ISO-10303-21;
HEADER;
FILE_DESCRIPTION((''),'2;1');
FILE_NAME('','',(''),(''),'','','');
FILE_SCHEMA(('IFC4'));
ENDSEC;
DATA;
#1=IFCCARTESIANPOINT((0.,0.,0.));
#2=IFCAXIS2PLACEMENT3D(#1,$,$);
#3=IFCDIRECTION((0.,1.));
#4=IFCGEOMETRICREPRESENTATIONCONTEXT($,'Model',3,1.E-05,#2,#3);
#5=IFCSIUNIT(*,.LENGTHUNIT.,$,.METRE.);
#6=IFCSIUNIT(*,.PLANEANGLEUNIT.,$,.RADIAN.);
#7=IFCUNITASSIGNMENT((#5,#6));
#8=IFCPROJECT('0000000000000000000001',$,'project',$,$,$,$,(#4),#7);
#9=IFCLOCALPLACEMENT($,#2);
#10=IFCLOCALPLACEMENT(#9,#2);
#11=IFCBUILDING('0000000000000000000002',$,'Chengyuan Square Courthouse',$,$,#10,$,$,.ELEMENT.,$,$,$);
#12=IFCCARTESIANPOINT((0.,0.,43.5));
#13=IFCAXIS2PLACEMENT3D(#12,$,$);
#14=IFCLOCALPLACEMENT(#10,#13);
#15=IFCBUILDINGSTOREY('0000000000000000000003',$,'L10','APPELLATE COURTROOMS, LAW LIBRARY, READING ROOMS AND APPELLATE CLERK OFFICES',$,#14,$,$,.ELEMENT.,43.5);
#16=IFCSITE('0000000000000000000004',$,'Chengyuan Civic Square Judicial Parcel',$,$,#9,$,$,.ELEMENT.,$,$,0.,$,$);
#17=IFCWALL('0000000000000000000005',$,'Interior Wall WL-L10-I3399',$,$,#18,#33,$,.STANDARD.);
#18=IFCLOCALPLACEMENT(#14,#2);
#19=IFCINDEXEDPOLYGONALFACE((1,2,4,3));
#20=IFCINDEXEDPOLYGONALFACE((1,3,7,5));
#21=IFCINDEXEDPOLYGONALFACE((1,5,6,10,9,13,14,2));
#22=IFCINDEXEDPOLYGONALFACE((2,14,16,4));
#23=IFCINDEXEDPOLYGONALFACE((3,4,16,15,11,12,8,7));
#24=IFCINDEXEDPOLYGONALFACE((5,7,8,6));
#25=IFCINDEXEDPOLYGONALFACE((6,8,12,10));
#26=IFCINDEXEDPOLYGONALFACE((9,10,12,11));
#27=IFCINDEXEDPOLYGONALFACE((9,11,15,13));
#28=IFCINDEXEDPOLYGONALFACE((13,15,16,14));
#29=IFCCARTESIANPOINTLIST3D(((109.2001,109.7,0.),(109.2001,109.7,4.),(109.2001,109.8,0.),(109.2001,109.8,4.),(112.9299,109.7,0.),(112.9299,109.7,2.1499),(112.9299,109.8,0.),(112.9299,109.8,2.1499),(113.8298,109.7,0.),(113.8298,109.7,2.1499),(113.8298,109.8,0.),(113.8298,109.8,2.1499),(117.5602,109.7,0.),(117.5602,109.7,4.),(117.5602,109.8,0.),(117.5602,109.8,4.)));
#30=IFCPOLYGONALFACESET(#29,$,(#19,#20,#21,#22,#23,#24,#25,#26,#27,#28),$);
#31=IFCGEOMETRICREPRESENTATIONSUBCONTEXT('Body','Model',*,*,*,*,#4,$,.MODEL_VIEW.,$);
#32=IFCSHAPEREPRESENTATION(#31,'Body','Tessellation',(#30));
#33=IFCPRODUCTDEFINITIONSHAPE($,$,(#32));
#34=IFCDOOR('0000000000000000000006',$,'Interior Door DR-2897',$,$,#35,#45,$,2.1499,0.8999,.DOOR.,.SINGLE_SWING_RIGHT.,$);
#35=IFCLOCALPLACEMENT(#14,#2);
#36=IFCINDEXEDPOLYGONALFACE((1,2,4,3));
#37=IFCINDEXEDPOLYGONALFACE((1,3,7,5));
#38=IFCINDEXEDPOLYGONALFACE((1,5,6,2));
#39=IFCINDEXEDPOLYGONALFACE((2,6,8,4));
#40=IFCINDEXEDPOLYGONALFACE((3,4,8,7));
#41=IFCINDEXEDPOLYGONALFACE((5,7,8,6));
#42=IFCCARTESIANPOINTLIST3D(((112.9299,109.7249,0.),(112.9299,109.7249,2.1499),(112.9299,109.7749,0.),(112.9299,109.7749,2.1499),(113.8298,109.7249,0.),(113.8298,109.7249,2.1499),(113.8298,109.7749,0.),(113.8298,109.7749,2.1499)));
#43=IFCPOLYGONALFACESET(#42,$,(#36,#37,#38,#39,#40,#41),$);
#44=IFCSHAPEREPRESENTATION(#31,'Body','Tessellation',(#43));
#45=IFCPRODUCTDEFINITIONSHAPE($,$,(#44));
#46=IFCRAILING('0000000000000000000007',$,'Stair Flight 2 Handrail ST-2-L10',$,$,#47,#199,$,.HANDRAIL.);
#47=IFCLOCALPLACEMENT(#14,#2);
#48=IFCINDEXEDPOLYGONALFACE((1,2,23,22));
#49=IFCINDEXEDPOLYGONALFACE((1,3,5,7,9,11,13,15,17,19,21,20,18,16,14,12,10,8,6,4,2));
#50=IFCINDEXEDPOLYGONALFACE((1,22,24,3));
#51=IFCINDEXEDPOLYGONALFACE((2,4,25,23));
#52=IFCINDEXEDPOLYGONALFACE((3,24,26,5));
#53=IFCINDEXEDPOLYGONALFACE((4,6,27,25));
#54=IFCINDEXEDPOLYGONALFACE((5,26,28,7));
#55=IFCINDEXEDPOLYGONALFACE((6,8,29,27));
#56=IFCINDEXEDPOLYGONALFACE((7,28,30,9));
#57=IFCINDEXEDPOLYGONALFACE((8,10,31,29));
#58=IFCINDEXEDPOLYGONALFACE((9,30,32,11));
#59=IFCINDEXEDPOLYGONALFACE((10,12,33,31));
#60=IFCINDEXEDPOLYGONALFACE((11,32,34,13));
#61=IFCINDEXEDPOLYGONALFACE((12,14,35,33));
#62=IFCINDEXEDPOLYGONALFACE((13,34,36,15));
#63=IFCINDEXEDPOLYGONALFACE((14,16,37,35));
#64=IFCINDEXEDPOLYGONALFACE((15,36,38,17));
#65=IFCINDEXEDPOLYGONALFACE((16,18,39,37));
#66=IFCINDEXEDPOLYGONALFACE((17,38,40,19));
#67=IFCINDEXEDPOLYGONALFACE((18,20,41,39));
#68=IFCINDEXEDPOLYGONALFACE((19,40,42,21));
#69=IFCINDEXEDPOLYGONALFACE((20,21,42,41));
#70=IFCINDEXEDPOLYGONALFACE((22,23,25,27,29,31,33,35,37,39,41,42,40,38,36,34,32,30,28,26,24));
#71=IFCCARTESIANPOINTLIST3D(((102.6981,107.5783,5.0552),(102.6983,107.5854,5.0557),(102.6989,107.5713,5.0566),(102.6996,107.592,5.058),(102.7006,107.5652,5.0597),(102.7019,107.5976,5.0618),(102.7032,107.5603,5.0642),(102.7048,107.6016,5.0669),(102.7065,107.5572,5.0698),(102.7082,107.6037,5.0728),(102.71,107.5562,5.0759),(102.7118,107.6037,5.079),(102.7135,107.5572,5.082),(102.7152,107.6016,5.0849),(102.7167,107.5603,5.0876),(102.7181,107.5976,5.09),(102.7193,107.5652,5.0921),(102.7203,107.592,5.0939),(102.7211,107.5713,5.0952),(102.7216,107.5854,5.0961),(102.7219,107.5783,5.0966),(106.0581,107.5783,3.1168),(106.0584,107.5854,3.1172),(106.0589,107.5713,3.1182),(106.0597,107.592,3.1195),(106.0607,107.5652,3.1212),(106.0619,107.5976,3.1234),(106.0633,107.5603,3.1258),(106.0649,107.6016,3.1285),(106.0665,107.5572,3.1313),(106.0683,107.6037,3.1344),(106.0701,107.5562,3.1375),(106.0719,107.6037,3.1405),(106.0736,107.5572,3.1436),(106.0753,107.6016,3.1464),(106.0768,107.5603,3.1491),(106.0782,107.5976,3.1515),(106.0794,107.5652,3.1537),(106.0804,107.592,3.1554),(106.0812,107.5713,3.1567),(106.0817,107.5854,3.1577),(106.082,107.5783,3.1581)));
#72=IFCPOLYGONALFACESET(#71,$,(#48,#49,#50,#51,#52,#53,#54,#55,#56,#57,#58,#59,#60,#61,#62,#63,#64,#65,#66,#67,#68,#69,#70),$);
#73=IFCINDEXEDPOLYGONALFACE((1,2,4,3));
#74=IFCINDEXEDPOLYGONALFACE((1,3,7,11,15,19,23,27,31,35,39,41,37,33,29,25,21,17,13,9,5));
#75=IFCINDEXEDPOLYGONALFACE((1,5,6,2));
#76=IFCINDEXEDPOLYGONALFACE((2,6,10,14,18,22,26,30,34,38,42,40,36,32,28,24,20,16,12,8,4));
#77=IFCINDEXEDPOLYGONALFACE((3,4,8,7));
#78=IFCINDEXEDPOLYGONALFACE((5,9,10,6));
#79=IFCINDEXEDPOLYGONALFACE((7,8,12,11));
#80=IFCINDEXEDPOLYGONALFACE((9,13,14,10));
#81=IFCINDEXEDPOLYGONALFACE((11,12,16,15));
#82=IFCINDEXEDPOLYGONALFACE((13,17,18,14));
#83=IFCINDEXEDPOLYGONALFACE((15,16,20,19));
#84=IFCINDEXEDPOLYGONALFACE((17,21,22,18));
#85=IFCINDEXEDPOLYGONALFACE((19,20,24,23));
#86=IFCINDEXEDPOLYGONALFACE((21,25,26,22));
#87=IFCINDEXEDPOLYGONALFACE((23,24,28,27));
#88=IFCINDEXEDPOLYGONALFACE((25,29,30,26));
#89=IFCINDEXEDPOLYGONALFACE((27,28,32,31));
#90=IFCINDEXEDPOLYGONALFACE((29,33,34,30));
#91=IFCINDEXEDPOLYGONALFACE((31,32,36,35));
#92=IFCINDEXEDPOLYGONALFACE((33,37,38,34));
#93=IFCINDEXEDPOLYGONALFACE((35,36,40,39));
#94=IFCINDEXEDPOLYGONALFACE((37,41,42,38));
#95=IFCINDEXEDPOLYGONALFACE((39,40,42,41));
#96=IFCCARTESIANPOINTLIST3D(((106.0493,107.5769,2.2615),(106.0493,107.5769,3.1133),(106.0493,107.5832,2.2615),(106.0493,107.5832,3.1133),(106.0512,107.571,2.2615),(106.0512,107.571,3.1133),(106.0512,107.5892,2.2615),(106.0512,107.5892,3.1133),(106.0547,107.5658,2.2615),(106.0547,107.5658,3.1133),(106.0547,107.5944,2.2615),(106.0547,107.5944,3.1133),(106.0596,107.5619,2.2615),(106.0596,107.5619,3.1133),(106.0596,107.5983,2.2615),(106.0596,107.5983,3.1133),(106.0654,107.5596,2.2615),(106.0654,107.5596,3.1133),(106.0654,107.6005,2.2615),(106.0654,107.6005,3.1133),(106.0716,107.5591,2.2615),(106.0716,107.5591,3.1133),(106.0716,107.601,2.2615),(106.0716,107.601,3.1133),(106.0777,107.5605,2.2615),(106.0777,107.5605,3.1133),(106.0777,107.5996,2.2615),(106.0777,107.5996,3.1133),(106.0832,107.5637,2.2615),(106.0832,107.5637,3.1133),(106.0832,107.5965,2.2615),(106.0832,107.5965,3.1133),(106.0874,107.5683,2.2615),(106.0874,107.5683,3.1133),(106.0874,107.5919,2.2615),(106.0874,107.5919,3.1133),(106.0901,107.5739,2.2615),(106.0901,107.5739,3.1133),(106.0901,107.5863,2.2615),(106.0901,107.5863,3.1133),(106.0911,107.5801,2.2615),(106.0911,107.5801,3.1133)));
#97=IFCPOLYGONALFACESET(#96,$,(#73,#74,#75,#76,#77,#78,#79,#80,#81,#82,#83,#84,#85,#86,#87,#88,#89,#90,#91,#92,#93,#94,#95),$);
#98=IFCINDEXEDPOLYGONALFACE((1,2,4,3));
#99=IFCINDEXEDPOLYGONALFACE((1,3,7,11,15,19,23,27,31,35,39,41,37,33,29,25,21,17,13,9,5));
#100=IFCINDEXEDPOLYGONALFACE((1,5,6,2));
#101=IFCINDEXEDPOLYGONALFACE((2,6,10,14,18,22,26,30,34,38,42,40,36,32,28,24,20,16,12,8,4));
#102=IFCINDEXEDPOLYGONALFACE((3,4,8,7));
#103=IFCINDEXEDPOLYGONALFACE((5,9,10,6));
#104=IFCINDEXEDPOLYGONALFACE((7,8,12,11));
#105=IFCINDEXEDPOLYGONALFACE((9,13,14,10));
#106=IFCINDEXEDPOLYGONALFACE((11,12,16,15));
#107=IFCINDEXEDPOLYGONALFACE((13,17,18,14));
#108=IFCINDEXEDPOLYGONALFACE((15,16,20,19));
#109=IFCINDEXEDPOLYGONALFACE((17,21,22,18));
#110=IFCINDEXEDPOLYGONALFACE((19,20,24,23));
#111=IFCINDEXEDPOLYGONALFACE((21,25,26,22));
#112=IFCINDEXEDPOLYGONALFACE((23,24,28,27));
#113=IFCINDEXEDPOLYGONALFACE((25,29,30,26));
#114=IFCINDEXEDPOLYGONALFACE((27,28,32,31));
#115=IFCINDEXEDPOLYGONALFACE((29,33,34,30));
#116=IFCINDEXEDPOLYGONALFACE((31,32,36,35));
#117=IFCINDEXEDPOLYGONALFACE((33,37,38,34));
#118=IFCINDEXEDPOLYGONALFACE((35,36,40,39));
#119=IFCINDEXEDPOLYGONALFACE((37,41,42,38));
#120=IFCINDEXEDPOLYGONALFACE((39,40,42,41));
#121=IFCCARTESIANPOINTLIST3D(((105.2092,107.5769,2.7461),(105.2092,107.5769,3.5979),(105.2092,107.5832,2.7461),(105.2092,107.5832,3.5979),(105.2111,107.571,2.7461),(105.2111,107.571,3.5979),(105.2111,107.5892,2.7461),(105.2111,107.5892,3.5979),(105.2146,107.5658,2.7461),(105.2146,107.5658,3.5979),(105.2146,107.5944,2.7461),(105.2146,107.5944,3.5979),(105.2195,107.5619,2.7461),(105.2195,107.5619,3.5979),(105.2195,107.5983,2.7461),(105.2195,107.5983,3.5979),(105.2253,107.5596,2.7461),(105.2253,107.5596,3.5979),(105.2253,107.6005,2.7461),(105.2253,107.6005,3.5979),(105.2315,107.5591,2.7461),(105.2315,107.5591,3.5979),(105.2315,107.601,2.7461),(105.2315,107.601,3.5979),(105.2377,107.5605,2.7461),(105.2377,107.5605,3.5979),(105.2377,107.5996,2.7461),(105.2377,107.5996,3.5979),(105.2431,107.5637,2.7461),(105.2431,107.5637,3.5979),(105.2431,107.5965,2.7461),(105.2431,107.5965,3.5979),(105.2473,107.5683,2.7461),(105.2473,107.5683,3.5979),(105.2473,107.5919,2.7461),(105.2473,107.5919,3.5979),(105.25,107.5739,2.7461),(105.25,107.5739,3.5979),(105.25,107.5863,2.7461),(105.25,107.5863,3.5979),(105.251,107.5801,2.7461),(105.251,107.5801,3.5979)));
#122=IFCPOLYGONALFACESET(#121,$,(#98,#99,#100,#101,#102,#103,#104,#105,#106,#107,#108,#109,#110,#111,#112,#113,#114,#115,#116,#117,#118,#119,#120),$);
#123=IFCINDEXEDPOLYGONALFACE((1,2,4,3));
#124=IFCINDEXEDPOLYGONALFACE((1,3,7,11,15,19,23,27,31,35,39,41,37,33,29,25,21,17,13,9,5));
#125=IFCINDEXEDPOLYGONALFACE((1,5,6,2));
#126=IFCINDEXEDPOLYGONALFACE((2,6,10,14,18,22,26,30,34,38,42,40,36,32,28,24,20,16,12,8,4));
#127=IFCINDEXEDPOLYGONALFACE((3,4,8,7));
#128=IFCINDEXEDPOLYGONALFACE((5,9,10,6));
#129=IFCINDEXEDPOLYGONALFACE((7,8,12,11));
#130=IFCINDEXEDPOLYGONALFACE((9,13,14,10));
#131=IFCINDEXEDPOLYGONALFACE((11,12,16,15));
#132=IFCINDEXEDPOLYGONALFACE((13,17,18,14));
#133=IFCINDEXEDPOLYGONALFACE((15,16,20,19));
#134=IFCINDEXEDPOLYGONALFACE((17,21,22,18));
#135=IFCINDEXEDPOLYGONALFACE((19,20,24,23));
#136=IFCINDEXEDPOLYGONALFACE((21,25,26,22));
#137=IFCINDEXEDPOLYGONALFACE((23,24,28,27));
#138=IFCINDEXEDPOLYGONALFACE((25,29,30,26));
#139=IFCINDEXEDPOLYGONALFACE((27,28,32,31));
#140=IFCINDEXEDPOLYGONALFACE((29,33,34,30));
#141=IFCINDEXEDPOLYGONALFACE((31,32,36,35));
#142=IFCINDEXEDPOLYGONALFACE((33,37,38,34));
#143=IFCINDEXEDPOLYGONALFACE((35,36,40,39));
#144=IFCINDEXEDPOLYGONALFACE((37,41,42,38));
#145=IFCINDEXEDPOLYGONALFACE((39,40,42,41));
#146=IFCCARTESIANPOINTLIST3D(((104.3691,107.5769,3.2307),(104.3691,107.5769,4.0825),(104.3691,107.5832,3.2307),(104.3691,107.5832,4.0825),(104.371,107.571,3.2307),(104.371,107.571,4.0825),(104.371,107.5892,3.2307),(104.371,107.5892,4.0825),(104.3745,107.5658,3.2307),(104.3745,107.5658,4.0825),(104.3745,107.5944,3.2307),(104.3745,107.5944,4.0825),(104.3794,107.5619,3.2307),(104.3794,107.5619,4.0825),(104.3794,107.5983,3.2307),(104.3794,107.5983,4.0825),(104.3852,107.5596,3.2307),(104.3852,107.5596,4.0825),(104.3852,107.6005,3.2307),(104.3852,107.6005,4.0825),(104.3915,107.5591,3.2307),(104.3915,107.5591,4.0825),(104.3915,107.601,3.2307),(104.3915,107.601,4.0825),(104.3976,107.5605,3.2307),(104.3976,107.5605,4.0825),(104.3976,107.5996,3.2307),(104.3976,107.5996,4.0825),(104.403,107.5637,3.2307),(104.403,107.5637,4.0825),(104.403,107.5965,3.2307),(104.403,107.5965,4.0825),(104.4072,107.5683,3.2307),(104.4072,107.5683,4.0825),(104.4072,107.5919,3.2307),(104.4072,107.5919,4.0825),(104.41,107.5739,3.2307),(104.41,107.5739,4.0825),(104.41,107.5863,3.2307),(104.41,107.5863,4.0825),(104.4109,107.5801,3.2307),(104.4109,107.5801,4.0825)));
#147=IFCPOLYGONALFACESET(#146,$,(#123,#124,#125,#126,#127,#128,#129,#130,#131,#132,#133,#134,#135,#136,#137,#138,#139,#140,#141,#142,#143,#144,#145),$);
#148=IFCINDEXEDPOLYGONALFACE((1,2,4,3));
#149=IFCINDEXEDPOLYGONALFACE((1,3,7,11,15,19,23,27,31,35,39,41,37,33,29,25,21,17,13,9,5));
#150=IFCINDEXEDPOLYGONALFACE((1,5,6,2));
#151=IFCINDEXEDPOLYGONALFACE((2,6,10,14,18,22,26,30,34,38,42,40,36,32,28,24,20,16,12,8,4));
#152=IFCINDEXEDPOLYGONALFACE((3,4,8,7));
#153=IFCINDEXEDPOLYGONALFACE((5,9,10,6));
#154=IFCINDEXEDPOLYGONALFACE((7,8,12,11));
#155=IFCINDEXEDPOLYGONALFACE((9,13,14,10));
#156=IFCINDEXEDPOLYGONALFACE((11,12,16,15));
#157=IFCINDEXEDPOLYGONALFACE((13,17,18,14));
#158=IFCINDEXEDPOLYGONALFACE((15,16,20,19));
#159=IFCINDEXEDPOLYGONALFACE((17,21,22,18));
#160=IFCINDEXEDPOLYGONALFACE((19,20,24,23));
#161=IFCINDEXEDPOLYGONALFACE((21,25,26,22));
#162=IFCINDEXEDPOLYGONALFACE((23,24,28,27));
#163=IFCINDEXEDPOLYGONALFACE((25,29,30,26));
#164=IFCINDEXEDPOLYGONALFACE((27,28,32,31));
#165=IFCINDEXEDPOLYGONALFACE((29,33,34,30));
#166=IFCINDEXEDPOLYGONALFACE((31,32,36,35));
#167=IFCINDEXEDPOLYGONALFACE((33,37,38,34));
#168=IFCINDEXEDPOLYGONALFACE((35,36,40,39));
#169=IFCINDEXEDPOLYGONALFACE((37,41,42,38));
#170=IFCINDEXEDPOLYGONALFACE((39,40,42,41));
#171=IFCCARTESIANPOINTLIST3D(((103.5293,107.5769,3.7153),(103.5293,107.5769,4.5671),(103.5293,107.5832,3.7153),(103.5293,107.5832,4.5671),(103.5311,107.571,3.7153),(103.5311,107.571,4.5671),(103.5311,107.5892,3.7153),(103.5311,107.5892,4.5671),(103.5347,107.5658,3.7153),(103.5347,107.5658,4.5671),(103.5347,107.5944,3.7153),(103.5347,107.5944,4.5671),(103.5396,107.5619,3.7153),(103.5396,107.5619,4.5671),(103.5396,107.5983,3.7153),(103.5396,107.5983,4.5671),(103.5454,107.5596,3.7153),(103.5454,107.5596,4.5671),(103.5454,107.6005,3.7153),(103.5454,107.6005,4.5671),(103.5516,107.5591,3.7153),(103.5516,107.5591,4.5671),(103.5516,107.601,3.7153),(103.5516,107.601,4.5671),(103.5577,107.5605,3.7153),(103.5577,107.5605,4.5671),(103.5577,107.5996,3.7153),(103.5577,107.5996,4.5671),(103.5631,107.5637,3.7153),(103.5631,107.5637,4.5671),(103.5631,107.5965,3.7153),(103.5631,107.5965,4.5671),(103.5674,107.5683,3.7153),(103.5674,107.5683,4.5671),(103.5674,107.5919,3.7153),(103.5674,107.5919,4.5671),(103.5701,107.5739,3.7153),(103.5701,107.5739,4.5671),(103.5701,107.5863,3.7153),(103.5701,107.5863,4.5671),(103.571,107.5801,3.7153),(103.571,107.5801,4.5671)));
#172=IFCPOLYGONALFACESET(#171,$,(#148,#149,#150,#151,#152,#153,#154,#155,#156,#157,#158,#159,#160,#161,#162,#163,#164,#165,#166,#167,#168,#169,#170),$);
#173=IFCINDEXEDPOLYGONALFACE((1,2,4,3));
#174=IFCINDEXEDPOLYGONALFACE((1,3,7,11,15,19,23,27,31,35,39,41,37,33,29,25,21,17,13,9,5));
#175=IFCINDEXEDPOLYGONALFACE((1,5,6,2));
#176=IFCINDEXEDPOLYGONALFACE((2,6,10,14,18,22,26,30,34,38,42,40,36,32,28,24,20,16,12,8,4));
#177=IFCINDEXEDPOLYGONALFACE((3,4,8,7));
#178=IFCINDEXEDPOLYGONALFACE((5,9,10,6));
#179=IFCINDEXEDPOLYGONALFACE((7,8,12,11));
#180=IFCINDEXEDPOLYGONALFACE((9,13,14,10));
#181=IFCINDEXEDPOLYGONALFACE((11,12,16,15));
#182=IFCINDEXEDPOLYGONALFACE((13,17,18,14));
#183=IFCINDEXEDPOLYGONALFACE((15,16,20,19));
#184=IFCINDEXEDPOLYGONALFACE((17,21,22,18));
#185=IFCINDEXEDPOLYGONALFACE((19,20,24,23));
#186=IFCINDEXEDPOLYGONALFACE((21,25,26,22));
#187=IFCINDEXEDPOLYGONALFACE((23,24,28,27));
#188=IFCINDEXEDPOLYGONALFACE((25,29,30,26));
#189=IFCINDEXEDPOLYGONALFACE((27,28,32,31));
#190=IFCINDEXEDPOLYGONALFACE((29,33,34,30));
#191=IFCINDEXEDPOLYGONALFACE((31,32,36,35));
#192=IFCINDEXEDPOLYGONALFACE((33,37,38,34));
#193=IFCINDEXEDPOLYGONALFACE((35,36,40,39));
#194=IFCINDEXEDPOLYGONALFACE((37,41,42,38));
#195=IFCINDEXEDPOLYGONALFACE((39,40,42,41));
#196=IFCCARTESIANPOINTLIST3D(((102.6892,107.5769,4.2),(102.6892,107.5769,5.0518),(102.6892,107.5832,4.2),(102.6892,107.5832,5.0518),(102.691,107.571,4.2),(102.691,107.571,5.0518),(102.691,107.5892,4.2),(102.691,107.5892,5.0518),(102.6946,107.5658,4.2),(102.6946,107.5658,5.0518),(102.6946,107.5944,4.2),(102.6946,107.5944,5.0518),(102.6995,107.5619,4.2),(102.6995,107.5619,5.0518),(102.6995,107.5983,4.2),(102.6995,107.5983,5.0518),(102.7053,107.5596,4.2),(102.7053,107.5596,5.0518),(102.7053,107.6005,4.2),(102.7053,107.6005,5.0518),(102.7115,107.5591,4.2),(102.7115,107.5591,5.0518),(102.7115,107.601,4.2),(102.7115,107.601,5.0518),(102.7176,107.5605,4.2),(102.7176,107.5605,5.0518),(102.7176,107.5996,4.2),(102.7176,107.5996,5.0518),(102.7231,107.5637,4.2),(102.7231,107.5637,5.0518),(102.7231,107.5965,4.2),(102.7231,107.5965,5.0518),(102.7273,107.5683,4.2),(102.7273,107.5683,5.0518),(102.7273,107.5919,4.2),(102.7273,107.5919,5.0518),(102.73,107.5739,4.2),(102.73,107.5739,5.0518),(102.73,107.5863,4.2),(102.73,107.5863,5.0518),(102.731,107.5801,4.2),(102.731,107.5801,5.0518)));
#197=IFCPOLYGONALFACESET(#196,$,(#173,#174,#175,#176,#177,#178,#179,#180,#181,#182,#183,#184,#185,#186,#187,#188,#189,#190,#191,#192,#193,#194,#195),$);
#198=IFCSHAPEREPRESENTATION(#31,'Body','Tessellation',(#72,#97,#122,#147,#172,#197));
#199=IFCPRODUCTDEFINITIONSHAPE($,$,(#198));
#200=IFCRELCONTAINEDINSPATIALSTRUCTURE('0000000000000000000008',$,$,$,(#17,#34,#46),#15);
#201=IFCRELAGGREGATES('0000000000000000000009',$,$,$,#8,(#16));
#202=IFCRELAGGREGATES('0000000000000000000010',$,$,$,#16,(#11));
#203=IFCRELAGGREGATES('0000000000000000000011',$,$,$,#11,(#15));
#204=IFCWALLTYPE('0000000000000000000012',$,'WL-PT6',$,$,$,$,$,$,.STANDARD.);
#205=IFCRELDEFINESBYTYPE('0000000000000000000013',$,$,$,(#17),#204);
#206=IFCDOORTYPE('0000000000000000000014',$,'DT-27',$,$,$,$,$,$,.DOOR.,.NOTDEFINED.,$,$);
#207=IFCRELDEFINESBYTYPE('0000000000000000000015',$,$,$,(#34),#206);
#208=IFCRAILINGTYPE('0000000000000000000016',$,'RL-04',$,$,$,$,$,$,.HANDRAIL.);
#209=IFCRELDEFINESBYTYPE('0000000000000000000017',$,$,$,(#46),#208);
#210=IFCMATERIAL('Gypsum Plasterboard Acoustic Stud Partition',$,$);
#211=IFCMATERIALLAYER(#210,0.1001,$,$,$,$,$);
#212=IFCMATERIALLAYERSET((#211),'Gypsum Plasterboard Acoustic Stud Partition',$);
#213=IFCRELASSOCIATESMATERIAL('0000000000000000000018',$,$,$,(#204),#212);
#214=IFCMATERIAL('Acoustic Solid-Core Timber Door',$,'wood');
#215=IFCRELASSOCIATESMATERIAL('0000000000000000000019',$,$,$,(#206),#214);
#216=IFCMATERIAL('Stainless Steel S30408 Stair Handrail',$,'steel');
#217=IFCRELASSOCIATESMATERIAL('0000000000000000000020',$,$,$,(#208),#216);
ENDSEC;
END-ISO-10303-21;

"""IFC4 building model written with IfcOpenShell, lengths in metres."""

from ifc_helpers import new_model, si_unit, direction, frame, frame_2d, origin, origin_2d, place, context, subcontext, project, spatial, rectangle, circle, extrude, material, layer, layer_set, type_object, element, fill, save


model = new_model("IFC4")

# Units and contexts
model_context = context("Model", 3, precision=1e-05, world=origin(), true_north=direction((0.0, 1.0)))
body_context = subcontext(model_context, "Body", "Model", "MODEL_VIEW")
ifc_project = project(units=[si_unit("LENGTHUNIT", "METRE"), si_unit("PLANEANGLEUNIT", "RADIAN")], contexts=[model_context])

# Site, building, storey
site_placement = place(None, origin())
site = spatial("IfcSite", under=ifc_project, at=site_placement, Name="Chengyuan Civic Square Judicial Parcel", CompositionType="ELEMENT", RefElevation=0.0)
building_placement = place(site_placement, origin())
building = spatial("IfcBuilding", under=site, at=building_placement, Name="Chengyuan Square Courthouse", CompositionType="ELEMENT")
storey_placement = place(building_placement, frame((0.0, 0.0, 43.5)))
storey = spatial("IfcBuildingStorey", under=building, at=storey_placement, Name="L10", Description="APPELLATE COURTROOMS, LAW LIBRARY, READING ROOMS AND APPELLATE CLERK OFFICES", CompositionType="ELEMENT", Elevation=43.5)

# Wall, opening, door
ifc_material_1 = material(Name="Gypsum Plasterboard Acoustic Stud Partition")
ifc_layer_1 = layer(ifc_material_1, 0.1001)
ifc_layer_set_1 = layer_set([ifc_layer_1], Name="Gypsum Plasterboard Acoustic Stud Partition")
wall_type_1 = type_object("IfcWallType", Name="WL-PT6", PredefinedType="STANDARD", material=ifc_layer_set_1)
wall_1_placement = place(storey_placement, frame((109.2, 109.75, 0.0), z_axis=(0.0, 0.0, 1.0), x_axis=(1.0, 0.0, 0.0)))
wall_1 = element("IfcWall", 1, at=wall_1_placement, inside=storey, type_object=wall_type_1, Name="Interior Wall WL-L10-I3399", PredefinedType="STANDARD", context=body_context, shape_type="SweptSolid", body=[
    extrude(rectangle(XDim=8.3601, YDim=0.1001, at=frame_2d((4.1802, 0.0))), origin(), (0.0, 0.0, 1.0), 4.0),
])
opening_1_placement = place(wall_1_placement, frame((3.73, 0.0, 0.0)))
opening_1 = element("IfcOpeningElement", 2, at=opening_1_placement, cuts=wall_1, PredefinedType="OPENING", context=body_context, shape_type="SweptSolid", body=[
    extrude(rectangle(XDim=0.8999, YDim=2.1499, at=frame_2d((0.45, 1.075))), frame((0.0, 0.062, 0.0), z_axis=(0.0, -1.0, 0.0), x_axis=(1.0, 0.0, 0.0)), (0.0, 0.0, 1.0), 0.124),
])
ifc_material_2 = material(Name="Acoustic Solid-Core Timber Door", Category="wood")
door_type_1 = type_object("IfcDoorType", Name="DT-27", OperationType="NOTDEFINED", PredefinedType="DOOR", material=ifc_material_2)
door_1_placement = place(opening_1_placement, origin())
door_1 = element("IfcDoor", 3, at=door_1_placement, inside=storey, type_object=door_type_1, Name="Interior Door DR-2897", OperationType="SINGLE_SWING_RIGHT", OverallHeight=2.1499, OverallWidth=0.8999, PredefinedType="DOOR", context=body_context, shape_type="SweptSolid", body=[
    extrude(rectangle(XDim=0.8999, YDim=2.1499, at=frame_2d((0.45, 1.075))), frame((0.0, 0.0249, 0.0), z_axis=(0.0, -1.0, 0.0), x_axis=(1.0, 0.0, 0.0)), (0.0, 0.0, 1.0), 0.05),
])
fill(opening_1, door_1)

# Railing
ifc_material_3 = material(Name="Stainless Steel S30408 Stair Handrail", Category="steel")
railing_type = type_object("IfcRailingType", Name="RL-04", PredefinedType="HANDRAIL", material=ifc_material_3)
railing_placement = place(storey_placement, frame((106.0701, 107.5801, 2.2615)))
element("IfcRailing", 4, at=railing_placement, inside=storey, type_object=railing_type, Name="Stair Flight 2 Handrail ST-2-L10", PredefinedType="HANDRAIL", context=body_context, shape_type="SweptSolid", body=[
    extrude(circle(Radius=0.0239, at=origin_2d()), frame((0.0, 0.0, 0.876), z_axis=(-0.866191, 0.0, 0.499713), x_axis=(0.0, -1.0, 0.0)), (0.0, 0.0, 1.0), 3.8792),
    extrude(circle(Radius=0.021, at=origin_2d()), origin(), (0.0, 0.0, 1.0), 0.8518),
    extrude(circle(Radius=0.021, at=origin_2d()), frame((-0.8401, 0.0, 0.4846)), (0.0, 0.0, 1.0), 0.8518),
    extrude(circle(Radius=0.021, at=origin_2d()), frame((-1.6802, 0.0, 0.9692)), (0.0, 0.0, 1.0), 0.8518),
    extrude(circle(Radius=0.021, at=origin_2d()), frame((-2.52, 0.0, 1.4539)), (0.0, 0.0, 1.0), 0.8518),
    extrude(circle(Radius=0.021, at=origin_2d()), frame((-3.3601, 0.0, 1.9385)), (0.0, 0.0, 1.0), 0.8518),
])

save(model, "model.ifc")
